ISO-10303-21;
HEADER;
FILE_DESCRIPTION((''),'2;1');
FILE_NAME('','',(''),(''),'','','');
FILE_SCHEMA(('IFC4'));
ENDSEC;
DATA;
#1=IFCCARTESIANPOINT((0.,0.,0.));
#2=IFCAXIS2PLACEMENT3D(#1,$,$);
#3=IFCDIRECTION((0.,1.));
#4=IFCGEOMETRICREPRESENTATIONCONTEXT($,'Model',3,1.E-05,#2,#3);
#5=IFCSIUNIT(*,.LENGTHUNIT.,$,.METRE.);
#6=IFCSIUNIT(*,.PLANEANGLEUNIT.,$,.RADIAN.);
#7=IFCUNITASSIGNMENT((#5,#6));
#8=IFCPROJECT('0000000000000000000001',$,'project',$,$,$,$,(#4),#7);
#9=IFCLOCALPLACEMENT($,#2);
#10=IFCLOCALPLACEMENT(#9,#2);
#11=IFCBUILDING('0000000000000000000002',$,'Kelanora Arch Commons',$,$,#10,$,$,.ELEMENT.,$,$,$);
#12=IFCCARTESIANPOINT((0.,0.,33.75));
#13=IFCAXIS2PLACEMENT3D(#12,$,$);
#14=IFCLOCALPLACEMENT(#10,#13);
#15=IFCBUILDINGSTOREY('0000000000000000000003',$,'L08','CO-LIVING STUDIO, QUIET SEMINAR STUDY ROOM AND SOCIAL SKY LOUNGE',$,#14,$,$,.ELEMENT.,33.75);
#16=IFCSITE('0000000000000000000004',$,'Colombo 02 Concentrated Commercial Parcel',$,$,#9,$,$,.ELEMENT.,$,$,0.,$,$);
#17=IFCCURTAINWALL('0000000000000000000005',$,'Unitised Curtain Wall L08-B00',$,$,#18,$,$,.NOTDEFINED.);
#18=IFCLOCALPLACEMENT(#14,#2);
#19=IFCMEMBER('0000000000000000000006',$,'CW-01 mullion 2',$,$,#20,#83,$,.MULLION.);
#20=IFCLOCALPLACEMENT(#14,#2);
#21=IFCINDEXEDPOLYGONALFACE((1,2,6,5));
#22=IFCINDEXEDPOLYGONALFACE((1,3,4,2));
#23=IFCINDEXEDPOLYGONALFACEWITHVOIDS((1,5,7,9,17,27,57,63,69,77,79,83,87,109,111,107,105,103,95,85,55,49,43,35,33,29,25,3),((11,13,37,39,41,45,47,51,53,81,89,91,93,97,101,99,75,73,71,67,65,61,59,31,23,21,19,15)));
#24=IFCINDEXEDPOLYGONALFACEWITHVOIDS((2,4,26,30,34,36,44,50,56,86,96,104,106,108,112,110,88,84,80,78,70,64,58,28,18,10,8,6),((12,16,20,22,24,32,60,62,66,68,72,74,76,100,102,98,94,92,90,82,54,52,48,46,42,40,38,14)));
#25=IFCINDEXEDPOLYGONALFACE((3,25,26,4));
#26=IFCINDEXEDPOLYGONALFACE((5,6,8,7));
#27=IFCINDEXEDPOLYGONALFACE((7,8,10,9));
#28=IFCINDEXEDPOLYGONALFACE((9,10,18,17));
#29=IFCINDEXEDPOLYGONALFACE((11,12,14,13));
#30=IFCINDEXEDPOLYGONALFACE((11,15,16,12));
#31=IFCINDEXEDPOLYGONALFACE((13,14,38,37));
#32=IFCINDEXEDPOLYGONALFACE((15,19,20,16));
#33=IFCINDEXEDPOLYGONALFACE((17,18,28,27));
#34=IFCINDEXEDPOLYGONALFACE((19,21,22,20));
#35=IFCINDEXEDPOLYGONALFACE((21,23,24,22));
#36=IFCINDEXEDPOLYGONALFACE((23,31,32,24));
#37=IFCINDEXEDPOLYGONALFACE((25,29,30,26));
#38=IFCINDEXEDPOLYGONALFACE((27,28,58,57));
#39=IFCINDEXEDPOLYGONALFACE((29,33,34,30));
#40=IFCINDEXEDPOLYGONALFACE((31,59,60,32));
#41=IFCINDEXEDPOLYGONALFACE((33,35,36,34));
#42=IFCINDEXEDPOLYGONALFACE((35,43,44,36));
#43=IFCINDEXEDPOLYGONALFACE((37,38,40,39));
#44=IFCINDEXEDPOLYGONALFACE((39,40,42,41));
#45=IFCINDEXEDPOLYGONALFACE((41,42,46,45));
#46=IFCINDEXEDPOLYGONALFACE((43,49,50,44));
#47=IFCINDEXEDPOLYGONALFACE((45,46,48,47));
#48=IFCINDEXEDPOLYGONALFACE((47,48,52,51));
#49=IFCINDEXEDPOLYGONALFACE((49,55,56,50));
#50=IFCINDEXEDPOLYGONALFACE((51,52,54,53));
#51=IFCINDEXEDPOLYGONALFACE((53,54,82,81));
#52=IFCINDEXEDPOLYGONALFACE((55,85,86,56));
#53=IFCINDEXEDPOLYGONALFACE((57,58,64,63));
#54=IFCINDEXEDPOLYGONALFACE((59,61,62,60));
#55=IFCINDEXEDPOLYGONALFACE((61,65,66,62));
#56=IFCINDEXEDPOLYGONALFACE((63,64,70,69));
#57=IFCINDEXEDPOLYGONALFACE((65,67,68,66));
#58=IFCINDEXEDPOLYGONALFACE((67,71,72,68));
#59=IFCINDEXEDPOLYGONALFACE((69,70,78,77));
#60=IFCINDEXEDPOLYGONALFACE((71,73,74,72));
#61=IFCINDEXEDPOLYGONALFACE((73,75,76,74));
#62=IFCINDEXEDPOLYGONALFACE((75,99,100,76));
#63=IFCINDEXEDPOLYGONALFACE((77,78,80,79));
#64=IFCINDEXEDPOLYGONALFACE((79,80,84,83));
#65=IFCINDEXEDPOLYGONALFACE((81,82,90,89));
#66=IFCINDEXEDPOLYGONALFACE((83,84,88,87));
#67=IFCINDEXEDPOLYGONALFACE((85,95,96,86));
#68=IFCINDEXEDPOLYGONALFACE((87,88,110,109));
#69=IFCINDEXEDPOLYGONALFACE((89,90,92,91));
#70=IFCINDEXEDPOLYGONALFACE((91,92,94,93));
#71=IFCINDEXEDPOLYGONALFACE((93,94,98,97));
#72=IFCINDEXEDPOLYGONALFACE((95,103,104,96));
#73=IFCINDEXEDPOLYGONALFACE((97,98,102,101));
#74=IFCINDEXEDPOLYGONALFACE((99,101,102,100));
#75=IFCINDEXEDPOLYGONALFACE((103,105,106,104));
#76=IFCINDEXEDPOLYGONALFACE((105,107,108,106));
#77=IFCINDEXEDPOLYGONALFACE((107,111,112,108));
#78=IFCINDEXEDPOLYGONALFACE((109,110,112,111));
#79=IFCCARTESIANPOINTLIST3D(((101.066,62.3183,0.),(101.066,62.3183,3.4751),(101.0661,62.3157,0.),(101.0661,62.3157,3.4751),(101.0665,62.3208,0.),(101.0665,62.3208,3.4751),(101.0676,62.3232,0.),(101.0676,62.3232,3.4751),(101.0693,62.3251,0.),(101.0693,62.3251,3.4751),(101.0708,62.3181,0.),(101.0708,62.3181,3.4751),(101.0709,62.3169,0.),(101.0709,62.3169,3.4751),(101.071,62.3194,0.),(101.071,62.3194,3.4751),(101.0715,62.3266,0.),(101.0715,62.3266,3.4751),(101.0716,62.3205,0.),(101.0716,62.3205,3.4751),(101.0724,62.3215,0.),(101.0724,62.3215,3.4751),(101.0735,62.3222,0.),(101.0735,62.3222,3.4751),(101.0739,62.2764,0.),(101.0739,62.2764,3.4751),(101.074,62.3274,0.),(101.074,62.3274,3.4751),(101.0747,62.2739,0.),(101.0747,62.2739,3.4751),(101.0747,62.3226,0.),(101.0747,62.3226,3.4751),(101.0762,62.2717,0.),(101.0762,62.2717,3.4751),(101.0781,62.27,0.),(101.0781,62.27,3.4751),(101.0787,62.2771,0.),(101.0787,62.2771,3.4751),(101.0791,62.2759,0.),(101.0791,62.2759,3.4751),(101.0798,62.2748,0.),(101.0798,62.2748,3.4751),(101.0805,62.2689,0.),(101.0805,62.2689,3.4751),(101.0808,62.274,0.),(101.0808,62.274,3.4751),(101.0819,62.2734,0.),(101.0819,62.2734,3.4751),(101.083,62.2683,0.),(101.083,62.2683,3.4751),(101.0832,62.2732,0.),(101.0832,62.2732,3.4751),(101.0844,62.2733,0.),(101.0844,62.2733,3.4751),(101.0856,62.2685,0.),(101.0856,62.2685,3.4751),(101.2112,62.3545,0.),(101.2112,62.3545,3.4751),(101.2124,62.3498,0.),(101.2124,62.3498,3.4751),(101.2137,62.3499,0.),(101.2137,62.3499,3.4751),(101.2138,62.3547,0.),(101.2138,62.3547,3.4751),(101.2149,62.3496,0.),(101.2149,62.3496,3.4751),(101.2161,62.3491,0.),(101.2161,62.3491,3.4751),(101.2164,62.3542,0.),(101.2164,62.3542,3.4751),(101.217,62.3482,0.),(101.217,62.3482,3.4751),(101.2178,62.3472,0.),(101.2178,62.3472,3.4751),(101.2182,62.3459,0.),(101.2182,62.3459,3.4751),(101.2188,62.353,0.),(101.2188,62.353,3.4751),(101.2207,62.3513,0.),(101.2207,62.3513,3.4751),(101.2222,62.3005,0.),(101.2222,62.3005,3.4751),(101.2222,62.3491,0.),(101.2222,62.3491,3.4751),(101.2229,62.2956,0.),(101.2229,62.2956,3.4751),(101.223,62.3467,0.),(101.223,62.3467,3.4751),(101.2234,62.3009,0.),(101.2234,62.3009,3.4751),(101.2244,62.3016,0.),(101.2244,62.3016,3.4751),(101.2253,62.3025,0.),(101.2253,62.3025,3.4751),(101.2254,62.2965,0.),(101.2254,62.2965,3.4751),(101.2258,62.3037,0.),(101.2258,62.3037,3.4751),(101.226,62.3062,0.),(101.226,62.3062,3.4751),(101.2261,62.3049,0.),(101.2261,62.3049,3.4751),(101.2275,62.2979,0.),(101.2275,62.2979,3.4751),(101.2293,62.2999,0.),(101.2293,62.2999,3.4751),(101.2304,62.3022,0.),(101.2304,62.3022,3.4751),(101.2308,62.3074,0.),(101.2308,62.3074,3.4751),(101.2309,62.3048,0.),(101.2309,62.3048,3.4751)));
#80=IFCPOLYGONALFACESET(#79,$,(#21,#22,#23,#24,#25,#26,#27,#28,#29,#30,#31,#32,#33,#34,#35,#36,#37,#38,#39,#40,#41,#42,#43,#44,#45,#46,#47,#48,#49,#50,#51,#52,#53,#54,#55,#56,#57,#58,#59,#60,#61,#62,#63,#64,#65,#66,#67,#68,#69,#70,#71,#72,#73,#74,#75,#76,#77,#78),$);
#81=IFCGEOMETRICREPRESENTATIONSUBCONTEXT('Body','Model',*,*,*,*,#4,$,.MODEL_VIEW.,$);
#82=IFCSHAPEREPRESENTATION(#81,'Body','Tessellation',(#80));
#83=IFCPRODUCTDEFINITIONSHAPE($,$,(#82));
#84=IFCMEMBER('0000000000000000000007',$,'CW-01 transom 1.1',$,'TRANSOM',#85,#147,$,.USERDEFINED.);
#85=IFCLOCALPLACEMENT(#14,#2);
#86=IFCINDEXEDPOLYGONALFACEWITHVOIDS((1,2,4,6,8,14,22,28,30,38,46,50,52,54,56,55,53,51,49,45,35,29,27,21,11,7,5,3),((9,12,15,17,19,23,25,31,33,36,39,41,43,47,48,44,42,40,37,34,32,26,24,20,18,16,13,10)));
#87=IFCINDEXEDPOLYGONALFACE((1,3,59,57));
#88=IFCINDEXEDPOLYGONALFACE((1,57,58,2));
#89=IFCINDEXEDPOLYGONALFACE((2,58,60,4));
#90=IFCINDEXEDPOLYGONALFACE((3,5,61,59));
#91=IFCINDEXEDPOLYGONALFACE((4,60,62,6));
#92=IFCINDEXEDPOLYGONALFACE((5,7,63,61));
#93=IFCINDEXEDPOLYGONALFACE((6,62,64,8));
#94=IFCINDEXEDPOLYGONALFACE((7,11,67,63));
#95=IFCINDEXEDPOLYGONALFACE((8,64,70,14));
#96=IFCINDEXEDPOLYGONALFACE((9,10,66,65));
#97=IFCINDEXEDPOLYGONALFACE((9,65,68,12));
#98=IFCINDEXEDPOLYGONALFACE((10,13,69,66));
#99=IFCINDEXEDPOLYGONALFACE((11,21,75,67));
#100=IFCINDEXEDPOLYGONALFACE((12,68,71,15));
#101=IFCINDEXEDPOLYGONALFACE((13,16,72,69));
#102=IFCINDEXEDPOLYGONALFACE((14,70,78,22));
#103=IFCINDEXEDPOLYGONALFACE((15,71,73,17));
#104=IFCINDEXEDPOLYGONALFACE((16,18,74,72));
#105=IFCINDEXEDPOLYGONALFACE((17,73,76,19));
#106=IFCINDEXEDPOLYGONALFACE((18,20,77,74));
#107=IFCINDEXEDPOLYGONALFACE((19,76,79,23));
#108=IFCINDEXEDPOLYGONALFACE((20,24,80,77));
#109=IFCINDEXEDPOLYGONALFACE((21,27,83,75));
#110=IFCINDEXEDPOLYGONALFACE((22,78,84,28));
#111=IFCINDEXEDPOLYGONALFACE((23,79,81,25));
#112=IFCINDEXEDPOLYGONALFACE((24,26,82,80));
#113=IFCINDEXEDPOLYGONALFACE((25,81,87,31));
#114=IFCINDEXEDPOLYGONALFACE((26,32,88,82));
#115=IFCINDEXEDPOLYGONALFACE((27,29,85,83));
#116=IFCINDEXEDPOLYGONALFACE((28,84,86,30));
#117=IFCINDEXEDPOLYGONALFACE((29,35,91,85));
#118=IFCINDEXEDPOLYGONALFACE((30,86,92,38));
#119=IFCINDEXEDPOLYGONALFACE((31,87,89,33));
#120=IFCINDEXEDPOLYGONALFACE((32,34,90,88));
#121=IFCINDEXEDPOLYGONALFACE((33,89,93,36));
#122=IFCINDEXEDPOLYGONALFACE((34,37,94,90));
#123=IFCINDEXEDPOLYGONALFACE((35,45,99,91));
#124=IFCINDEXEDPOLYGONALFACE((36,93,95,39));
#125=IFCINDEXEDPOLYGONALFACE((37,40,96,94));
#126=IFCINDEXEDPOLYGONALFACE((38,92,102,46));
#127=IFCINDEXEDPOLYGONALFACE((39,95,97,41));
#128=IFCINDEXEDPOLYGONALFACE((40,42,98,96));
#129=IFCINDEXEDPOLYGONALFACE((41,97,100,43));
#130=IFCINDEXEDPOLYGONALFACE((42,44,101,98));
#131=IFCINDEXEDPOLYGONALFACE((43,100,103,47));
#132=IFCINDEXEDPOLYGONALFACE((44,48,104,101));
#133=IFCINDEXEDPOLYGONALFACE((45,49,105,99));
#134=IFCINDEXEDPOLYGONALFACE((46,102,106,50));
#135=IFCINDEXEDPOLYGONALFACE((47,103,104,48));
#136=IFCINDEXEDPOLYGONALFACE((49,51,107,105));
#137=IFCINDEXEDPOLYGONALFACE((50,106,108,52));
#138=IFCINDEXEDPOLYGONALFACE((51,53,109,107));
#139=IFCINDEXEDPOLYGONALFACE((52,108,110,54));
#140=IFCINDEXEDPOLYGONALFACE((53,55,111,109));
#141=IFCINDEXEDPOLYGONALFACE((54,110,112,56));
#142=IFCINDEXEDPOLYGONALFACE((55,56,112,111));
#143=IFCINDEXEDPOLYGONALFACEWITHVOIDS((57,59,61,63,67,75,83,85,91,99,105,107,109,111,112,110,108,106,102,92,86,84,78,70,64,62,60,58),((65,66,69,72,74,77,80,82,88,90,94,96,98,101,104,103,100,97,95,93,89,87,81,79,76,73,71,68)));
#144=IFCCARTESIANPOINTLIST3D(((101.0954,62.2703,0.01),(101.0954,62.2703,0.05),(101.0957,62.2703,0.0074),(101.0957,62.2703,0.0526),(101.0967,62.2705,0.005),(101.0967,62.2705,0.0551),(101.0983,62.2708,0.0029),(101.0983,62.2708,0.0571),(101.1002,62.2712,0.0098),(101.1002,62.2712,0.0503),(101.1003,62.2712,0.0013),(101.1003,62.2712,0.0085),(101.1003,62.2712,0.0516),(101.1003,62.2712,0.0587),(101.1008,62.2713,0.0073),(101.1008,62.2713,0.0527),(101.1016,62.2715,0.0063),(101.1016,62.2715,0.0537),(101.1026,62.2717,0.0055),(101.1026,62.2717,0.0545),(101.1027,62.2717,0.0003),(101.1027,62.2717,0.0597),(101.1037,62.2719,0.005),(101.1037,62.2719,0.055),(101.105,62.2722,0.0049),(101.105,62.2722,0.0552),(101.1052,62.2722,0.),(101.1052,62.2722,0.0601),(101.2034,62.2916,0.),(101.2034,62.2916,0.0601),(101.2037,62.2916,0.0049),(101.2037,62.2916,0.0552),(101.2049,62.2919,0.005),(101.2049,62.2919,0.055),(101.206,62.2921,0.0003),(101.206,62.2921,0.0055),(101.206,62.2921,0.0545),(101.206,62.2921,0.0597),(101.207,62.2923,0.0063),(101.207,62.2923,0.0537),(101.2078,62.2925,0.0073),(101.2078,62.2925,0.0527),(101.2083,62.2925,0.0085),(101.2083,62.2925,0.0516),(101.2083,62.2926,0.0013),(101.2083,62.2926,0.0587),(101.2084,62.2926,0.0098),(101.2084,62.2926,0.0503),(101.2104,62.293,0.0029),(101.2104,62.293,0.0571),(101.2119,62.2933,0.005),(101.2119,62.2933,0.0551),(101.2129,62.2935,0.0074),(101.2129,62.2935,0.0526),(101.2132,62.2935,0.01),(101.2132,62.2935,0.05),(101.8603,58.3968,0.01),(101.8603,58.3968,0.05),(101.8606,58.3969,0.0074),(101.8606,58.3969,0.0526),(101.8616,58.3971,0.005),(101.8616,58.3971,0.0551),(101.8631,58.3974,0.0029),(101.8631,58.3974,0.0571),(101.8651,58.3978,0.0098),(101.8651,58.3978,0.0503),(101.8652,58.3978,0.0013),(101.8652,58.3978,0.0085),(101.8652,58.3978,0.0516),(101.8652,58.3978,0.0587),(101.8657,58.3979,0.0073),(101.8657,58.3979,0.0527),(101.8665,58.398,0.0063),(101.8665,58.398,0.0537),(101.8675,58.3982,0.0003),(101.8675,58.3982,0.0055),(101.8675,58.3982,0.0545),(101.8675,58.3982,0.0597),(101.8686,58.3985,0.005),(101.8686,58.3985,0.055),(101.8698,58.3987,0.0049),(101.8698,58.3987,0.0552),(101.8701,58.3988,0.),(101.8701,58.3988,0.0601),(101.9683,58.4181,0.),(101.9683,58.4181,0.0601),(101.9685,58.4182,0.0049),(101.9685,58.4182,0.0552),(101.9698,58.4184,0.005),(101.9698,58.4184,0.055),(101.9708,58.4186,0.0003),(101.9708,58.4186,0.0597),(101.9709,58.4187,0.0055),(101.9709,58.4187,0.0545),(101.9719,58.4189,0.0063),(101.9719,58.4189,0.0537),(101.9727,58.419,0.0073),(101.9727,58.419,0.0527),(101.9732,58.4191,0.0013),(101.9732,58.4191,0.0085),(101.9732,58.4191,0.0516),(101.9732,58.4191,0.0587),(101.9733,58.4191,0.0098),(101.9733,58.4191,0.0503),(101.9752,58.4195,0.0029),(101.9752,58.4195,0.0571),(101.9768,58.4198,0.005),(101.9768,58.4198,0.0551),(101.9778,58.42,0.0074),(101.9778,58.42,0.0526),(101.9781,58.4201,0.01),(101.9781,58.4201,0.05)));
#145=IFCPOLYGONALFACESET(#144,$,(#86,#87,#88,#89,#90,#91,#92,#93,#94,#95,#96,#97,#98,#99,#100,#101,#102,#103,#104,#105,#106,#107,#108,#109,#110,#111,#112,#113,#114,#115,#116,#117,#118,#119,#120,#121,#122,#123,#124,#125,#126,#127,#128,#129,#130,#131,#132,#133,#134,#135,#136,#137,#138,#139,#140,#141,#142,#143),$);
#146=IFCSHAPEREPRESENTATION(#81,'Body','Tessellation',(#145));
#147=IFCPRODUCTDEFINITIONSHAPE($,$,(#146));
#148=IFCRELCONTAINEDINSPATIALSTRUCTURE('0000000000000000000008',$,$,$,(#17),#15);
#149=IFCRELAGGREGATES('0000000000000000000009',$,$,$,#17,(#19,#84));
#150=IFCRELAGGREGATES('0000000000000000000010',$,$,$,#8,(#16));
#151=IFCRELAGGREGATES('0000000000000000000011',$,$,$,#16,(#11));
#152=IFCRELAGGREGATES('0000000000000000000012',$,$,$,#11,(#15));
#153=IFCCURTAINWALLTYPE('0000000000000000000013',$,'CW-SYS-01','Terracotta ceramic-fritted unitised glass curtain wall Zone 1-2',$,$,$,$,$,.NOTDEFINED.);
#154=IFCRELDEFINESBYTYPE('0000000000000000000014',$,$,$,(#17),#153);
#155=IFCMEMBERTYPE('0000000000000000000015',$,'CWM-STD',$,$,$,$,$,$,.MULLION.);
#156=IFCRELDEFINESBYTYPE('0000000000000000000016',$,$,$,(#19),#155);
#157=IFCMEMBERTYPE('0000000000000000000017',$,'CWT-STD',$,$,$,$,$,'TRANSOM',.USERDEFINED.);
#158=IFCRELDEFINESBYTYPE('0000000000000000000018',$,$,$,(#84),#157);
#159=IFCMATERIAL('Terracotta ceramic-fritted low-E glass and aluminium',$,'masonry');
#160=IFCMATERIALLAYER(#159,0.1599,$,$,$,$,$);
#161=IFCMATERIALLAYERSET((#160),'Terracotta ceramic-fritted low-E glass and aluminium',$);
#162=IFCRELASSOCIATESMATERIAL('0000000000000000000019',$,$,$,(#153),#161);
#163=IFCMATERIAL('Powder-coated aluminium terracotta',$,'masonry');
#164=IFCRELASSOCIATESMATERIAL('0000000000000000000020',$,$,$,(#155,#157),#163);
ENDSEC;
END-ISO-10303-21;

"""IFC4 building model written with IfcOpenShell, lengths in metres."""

from ifc_helpers import new_model, si_unit, direction, frame, origin, origin_2d, place, context, subcontext, project, spatial, hollow_rectangle, extrude, material, layer, layer_set, material_profile, profile_set, type_object, element, aggregate, save


model = new_model("IFC4")

# Units and contexts
model_context = context("Model", 3, precision=1e-05, world=origin(), true_north=direction((0.0, 1.0)))
body_context = subcontext(model_context, "Body", "Model", "MODEL_VIEW")
ifc_project = project(units=[si_unit("LENGTHUNIT", "METRE"), si_unit("PLANEANGLEUNIT", "RADIAN")], contexts=[model_context])

# Site, building, storey
site_placement = place(None, origin())
site = spatial("IfcSite", under=ifc_project, at=site_placement, Name="Colombo 02 Concentrated Commercial Parcel", CompositionType="ELEMENT", RefElevation=0.0)
building_placement = place(site_placement, origin())
building = spatial("IfcBuilding", under=site, at=building_placement, Name="Kelanora Arch Commons", CompositionType="ELEMENT")
storey_placement = place(building_placement, frame((0.0, 0.0, 33.75)))
storey = spatial("IfcBuildingStorey", under=building, at=storey_placement, Name="L08", Description="CO-LIVING STUDIO, QUIET SEMINAR STUDY ROOM AND SOCIAL SKY LOUNGE", CompositionType="ELEMENT", Elevation=33.75)

# Curtain wall, members
ifc_material_1 = material(Name="Terracotta ceramic-fritted low-E glass and aluminium", Category="masonry")
ifc_layer_1 = layer(ifc_material_1, 0.1599)
ifc_layer_set_1 = layer_set([ifc_layer_1], Name="Terracotta ceramic-fritted low-E glass and aluminium")
curtain_wall_type = type_object("IfcCurtainWallType", Name="CW-SYS-01", Description="Terracotta ceramic-fritted unitised glass curtain wall Zone 1-2", PredefinedType="NOTDEFINED", material=ifc_layer_set_1)
curtain_wall_placement = place(storey_placement, origin())
curtain_wall = element("IfcCurtainWall", 1, at=curtain_wall_placement, inside=storey, type_object=curtain_wall_type, Name="Unitised Curtain Wall L08-B00", PredefinedType="NOTDEFINED")
ifc_material_2 = material(Name="Powder-coated aluminium terracotta", Category="masonry")
ifc_material_profile_1 = material_profile(ifc_material_2, hollow_rectangle(XDim=0.1599, YDim=0.0601, WallThickness=0.0049, InnerFilletRadius=0.0049, OuterFilletRadius=0.01, at=origin_2d()), Name="CWM160x60")
ifc_profile_set_1 = profile_set([ifc_material_profile_1], Name="Powder-coated aluminium terracotta")
member_type_1 = type_object("IfcMemberType", Name="CWM-STD", PredefinedType="MULLION", material=ifc_profile_set_1)
member_1_placement = place(storey_placement, frame((101.1484, 62.3115, 0.0), z_axis=(0.0, 0.0, 1.0), x_axis=(-0.981052, -0.193744, 0.0)))
member_1 = element("IfcMember", 2, at=member_1_placement, type_object=member_type_1, Name="CW-01 mullion 2", PredefinedType="MULLION", context=body_context, shape_type="SweptSolid", body=[
    extrude(hollow_rectangle(XDim=0.1599, YDim=0.0601, WallThickness=0.0049, InnerFilletRadius=0.0049, OuterFilletRadius=0.01, at=origin_2d()), origin(), (0.0, 0.0, 1.0), 3.4751),
])
ifc_material_profile_2 = material_profile(ifc_material_2, hollow_rectangle(XDim=0.1201, YDim=0.0601, WallThickness=0.0049, InnerFilletRadius=0.0049, OuterFilletRadius=0.01, at=origin_2d()), Name="CWT120x60")
ifc_profile_set_2 = profile_set([ifc_material_profile_2], Name="Powder-coated aluminium terracotta")
member_type_2 = type_object("IfcMemberType", Name="CWT-STD", ElementType="TRANSOM", PredefinedType="USERDEFINED", material=ifc_profile_set_2)
member_2_placement = place(storey_placement, frame((101.9192, 58.4084, 0.03), z_axis=(-0.193725, 0.981056, 0.0), x_axis=(-0.981056, -0.193725, 0.0)))
member_2 = element("IfcMember", 3, at=member_2_placement, type_object=member_type_2, Name="CW-01 transom 1.1", ObjectType="TRANSOM", PredefinedType="USERDEFINED", context=body_context, shape_type="SweptSolid", body=[
    extrude(hollow_rectangle(XDim=0.1201, YDim=0.0601, WallThickness=0.0049, InnerFilletRadius=0.0049, OuterFilletRadius=0.01, at=origin_2d()), origin(), (0.0, 0.0, 1.0), 3.9482),
])
aggregate(curtain_wall, [member_1, member_2])

save(model, "model.ifc")
